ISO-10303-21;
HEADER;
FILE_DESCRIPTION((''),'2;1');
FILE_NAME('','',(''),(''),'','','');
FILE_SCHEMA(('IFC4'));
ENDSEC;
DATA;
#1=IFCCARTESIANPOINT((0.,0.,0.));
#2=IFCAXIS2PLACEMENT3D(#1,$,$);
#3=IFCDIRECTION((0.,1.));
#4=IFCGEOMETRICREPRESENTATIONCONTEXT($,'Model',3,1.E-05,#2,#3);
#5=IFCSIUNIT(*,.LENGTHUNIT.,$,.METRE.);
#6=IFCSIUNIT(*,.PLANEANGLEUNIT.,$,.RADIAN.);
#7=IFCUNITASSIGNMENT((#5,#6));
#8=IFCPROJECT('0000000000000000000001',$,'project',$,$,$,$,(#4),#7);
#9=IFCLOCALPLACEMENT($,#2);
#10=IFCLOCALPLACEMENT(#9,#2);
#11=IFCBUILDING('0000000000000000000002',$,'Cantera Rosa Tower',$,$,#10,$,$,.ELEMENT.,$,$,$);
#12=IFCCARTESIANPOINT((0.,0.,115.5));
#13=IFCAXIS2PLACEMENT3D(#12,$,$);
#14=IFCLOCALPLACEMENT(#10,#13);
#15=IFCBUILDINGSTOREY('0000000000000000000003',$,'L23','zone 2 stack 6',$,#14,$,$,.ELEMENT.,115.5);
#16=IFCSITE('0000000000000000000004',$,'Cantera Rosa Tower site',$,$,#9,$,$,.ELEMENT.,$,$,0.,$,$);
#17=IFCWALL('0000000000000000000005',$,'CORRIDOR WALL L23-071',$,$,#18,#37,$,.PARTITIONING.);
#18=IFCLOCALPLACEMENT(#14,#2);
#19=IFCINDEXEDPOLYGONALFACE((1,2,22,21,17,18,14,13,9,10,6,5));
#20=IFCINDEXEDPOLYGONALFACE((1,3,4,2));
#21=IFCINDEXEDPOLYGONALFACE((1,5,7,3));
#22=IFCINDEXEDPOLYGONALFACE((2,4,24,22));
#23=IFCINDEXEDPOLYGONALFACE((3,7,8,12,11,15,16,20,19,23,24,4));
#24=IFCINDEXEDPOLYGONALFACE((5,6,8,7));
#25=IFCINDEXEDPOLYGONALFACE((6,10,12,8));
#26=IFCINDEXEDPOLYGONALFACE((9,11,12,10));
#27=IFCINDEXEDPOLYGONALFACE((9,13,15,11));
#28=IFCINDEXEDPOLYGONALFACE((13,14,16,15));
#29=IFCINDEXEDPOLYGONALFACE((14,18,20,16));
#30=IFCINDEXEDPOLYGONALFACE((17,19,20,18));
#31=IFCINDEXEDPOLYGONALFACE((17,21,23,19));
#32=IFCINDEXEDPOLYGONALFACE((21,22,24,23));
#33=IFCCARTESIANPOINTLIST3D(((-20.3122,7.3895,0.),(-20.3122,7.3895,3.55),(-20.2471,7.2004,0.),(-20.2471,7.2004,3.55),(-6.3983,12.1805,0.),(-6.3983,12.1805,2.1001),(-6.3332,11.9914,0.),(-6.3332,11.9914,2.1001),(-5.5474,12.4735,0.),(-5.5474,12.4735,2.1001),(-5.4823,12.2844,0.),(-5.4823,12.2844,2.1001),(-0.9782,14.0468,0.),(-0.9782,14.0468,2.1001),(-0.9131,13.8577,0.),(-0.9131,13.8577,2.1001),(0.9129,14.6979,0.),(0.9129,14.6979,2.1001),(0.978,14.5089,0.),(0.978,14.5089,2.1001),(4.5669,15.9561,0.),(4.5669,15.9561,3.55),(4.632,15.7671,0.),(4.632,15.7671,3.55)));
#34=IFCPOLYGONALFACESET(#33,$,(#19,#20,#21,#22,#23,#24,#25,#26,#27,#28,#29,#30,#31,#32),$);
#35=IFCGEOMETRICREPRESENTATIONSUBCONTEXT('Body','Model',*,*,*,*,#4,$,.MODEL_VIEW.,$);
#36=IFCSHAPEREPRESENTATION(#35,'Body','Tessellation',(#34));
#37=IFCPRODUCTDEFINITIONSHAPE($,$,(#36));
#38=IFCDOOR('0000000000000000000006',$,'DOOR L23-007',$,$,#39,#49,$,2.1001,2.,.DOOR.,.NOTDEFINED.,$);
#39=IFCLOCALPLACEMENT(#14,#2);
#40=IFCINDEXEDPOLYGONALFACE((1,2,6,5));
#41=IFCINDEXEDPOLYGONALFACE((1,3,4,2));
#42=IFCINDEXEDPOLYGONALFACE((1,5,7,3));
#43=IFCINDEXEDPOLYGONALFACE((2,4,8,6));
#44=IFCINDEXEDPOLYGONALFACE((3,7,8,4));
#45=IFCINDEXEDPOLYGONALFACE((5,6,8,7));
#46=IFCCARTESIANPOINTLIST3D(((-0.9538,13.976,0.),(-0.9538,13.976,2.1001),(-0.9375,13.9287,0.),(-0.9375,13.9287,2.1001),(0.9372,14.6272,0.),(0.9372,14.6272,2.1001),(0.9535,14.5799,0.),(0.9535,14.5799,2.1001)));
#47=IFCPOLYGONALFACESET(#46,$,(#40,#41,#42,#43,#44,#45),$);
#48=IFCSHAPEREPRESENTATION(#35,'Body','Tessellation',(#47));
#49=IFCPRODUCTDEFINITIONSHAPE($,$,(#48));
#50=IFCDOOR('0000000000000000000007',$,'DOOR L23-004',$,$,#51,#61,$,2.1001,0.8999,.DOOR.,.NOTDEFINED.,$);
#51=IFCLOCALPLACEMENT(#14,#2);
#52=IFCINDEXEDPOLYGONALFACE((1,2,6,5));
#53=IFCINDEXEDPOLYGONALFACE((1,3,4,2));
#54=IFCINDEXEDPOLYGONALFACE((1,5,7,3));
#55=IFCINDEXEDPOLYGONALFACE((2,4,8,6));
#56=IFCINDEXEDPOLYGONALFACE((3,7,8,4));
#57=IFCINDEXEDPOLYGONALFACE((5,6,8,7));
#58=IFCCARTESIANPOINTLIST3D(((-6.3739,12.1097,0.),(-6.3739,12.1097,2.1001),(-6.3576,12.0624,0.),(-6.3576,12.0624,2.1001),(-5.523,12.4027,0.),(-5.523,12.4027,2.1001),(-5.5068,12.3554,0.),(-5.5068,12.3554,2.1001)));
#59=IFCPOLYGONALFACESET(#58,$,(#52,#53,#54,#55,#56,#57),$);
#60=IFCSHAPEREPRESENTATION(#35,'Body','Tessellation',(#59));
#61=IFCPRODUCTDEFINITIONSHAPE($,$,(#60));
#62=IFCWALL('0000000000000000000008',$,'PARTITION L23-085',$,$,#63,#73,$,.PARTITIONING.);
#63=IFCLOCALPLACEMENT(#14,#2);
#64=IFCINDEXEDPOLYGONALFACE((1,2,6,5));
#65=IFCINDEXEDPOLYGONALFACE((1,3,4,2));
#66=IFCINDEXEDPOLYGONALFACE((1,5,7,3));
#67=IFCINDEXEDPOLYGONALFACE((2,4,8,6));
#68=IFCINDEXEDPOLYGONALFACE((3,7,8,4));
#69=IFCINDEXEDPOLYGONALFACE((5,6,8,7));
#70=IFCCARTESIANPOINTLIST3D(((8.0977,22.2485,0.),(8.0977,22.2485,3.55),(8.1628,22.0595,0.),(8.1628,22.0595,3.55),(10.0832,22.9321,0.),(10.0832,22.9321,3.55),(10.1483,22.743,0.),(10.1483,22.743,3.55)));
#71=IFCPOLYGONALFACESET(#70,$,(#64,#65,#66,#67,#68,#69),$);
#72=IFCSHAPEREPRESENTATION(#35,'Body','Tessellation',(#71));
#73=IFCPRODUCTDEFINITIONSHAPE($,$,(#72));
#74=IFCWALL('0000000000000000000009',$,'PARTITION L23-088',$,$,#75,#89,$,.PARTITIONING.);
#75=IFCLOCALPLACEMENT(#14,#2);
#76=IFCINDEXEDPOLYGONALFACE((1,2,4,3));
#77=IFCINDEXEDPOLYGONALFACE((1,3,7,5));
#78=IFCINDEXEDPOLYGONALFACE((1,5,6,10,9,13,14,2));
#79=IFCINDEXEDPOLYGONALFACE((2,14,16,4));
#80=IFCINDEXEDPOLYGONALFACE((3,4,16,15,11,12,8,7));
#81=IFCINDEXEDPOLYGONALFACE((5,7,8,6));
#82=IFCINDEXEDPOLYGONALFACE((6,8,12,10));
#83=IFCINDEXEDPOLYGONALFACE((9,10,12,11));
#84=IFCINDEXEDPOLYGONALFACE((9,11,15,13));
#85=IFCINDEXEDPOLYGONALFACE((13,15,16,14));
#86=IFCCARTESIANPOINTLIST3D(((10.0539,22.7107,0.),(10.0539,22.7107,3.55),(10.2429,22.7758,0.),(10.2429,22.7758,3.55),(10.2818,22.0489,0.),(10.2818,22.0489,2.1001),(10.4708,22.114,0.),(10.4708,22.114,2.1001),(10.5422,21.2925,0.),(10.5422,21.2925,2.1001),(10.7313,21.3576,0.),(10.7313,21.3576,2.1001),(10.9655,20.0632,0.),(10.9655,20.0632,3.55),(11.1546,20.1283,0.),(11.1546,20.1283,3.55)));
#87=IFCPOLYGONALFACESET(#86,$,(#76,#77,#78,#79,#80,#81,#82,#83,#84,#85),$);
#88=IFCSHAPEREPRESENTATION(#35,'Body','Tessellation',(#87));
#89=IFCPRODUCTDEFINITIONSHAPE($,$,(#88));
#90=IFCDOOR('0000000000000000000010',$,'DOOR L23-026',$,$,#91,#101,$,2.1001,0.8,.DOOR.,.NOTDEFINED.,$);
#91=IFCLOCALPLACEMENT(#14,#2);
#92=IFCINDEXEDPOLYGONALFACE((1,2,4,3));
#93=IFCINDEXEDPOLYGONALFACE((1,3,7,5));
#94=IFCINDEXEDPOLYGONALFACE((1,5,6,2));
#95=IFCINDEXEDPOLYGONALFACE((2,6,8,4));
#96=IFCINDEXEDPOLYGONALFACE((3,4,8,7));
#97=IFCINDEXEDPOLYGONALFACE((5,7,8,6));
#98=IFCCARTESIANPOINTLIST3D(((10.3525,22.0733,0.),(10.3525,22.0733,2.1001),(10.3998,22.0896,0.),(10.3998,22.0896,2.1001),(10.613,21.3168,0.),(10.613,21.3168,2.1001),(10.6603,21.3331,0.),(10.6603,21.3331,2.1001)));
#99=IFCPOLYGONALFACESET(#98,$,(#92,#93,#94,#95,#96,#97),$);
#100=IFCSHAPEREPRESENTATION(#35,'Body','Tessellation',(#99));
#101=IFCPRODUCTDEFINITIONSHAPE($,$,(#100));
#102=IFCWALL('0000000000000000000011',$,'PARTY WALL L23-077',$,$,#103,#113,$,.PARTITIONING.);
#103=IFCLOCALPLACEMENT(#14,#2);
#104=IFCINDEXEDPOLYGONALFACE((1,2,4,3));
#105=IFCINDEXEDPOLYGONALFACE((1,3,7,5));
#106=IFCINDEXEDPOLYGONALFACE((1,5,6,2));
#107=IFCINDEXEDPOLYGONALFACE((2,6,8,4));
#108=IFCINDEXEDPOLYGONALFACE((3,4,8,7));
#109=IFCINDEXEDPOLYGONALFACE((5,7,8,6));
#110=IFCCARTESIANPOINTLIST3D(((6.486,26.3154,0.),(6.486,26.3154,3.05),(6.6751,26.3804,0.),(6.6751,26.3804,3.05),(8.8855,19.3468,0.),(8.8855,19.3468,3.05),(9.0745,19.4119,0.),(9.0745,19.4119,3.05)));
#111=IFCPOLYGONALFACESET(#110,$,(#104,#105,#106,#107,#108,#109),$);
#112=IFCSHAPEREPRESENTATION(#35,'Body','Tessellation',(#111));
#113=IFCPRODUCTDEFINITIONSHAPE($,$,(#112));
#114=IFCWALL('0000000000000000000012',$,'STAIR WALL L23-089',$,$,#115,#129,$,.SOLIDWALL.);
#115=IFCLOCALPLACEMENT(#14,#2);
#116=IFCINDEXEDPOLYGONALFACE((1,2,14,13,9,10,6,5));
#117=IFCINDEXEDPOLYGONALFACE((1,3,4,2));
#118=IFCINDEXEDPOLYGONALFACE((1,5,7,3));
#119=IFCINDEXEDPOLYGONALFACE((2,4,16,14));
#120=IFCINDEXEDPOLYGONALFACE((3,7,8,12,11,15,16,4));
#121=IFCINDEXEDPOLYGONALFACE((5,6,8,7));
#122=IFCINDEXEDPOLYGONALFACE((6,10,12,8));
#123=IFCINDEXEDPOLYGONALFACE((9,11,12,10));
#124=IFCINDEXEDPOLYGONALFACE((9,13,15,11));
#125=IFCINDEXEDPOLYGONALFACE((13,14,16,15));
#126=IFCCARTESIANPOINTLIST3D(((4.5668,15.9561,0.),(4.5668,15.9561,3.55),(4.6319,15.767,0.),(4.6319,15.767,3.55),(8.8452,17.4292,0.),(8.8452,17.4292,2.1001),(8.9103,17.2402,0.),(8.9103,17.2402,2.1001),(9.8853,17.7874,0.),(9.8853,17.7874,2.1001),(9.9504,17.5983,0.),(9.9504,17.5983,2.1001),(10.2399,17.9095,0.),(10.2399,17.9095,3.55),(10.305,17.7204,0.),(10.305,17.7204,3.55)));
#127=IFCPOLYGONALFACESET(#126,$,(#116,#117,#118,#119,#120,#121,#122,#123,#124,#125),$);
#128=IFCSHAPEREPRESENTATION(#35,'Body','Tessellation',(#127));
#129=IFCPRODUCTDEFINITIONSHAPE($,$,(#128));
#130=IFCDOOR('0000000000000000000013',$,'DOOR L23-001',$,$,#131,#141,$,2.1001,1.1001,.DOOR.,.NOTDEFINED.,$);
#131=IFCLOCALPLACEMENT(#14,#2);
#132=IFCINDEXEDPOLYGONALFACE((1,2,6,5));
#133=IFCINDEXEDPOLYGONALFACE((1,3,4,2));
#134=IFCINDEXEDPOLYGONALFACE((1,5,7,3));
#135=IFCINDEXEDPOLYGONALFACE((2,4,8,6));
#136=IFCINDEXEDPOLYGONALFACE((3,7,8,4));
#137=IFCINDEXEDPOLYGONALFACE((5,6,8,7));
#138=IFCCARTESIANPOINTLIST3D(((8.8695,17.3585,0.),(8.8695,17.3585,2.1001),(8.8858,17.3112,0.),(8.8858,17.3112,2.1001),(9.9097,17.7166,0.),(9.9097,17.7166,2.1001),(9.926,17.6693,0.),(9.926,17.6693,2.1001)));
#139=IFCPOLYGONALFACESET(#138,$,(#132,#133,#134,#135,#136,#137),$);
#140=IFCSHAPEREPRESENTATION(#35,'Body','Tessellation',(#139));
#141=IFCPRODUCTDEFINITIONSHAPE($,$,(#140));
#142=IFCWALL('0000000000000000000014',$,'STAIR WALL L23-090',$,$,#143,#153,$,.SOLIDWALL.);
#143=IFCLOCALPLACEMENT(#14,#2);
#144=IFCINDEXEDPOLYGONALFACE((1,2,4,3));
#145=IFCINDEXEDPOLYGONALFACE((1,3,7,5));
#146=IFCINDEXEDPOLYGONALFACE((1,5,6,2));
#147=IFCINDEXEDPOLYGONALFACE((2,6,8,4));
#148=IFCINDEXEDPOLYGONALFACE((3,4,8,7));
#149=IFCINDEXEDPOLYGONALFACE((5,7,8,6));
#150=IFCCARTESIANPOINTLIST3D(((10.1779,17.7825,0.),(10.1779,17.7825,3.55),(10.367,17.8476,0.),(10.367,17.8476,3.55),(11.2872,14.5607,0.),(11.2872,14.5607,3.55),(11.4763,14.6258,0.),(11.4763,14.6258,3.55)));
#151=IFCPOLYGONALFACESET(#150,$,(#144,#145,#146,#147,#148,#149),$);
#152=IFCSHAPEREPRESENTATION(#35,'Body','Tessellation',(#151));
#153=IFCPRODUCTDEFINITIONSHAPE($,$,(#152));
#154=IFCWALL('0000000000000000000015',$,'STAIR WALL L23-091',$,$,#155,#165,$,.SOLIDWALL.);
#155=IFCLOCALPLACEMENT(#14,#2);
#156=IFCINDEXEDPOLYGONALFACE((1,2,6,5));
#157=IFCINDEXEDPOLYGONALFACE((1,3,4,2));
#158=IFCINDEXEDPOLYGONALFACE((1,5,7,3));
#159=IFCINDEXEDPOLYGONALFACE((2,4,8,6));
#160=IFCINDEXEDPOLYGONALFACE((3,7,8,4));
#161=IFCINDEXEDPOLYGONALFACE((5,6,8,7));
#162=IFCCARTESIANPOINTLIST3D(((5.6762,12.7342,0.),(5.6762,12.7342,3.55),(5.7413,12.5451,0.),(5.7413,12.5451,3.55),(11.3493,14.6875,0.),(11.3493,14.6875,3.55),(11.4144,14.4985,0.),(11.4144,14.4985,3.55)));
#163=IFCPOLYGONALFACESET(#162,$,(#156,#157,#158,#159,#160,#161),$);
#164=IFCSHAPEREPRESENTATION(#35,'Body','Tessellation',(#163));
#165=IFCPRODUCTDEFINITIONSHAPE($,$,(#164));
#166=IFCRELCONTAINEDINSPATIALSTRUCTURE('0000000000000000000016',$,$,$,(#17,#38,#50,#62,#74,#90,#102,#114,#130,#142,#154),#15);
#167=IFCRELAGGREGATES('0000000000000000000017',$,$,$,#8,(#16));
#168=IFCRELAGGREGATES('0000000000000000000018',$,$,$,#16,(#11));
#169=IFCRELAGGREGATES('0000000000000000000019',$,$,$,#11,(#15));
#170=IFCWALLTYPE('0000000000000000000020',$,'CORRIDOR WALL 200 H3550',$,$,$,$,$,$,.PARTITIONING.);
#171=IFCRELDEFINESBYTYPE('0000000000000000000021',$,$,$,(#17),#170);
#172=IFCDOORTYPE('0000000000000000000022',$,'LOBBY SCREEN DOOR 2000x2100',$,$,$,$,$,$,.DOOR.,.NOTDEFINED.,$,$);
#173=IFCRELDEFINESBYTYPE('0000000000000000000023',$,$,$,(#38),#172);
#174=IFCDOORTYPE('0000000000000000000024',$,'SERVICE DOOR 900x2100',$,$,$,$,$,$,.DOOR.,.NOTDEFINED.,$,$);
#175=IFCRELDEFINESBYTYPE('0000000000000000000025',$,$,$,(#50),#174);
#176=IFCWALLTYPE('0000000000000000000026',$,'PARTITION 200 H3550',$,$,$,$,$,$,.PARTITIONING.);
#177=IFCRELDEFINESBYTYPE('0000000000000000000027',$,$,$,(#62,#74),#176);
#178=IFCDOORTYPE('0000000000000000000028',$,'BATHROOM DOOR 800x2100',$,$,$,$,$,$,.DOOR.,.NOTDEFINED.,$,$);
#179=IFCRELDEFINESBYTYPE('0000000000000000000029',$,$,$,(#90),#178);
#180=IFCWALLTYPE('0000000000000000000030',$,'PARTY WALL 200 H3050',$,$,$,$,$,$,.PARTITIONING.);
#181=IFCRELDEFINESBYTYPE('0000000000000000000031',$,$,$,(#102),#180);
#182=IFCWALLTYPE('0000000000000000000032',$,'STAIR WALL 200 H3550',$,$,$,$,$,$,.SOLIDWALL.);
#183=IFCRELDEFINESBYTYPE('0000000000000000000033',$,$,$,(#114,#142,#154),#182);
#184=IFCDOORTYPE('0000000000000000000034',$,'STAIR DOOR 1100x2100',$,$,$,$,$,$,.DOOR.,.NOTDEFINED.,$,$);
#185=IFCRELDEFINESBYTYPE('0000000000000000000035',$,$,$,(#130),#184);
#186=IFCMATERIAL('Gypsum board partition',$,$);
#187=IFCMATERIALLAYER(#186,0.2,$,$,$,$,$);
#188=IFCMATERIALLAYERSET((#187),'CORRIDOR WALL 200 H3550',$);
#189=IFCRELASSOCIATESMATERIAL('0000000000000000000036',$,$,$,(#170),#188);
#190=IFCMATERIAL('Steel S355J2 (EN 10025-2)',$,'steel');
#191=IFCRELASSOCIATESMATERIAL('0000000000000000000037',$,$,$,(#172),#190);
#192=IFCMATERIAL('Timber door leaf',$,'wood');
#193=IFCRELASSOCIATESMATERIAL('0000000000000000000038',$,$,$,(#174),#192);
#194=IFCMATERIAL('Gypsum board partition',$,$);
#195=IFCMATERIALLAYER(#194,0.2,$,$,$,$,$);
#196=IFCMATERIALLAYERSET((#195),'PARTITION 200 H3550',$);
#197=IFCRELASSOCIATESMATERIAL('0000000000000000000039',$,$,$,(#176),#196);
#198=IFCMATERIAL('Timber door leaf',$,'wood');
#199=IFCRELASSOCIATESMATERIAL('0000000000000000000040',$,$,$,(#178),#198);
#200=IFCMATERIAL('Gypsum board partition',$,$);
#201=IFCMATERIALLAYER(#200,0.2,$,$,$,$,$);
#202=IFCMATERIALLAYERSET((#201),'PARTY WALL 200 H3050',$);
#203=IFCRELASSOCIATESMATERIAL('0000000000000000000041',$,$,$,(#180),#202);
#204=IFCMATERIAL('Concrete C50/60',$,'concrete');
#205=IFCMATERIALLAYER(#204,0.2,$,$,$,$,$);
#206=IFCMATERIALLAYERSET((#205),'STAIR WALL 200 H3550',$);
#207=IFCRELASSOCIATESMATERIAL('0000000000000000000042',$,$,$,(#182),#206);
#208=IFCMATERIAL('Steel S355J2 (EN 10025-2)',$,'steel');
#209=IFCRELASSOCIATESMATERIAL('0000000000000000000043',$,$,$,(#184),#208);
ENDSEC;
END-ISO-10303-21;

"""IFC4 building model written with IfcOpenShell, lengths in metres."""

from ifc_helpers import new_model, si_unit, direction, frame, frame_2d, origin, place, context, subcontext, project, spatial, rectangle, extrude, material, layer, layer_set, type_object, element, fill, save


model = new_model("IFC4")

# Units and contexts
model_context = context("Model", 3, precision=1e-05, world=origin(), true_north=direction((0.0, 1.0)))
body_context = subcontext(model_context, "Body", "Model", "MODEL_VIEW")
ifc_project = project(units=[si_unit("LENGTHUNIT", "METRE"), si_unit("PLANEANGLEUNIT", "RADIAN")], contexts=[model_context])

# Site, building, storey
site_placement = place(None, origin())
site = spatial("IfcSite", under=ifc_project, at=site_placement, Name="Cantera Rosa Tower site", CompositionType="ELEMENT", RefElevation=0.0)
building_placement = place(site_placement, origin())
building = spatial("IfcBuilding", under=site, at=building_placement, Name="Cantera Rosa Tower", CompositionType="ELEMENT")
storey_placement = place(building_placement, frame((0.0, 0.0, 115.5)))
storey = spatial("IfcBuildingStorey", under=building, at=storey_placement, Name="L23", Description="zone 2 stack 6", CompositionType="ELEMENT", Elevation=115.5)

# Shared definitions
ifc_material_1 = material(Name="Gypsum board partition")
ifc_layer_1 = layer(ifc_material_1, 0.2)
ifc_layer_set_1 = layer_set([ifc_layer_1], Name="CORRIDOR WALL 200 H3550")
wall_type_1 = type_object("IfcWallType", Name="CORRIDOR WALL 200 H3550", PredefinedType="PARTITIONING", material=ifc_layer_set_1)

# Wall, openings, doors
wall_1_placement = place(storey_placement, frame((4.5994, 15.8616, 0.0), z_axis=(0.0, 0.0, 1.0), x_axis=(-0.945518, -0.325571, 0.0)))
wall_1 = element("IfcWall", 1, at=wall_1_placement, inside=storey, type_object=wall_type_1, Name="CORRIDOR WALL L23-071", PredefinedType="PARTITIONING", context=body_context, shape_type="SweptSolid", body=[
    extrude(rectangle(XDim=26.3127, YDim=0.2, at=frame_2d((13.1562, 0.0))), origin(), (0.0, 0.0, 1.0), 3.55),
])
opening_1_placement = place(wall_1_placement, frame((10.697, 0.0, 0.0)))
opening_1 = element("IfcOpeningElement", 2, at=opening_1_placement, cuts=wall_1, PredefinedType="OPENING", context=body_context, shape_type="SweptSolid", body=[
    extrude(rectangle(XDim=0.8999, YDim=2.1001, at=frame_2d((0.45, 1.05))), frame((0.0, 0.1099, 0.0), z_axis=(0.0, -1.0, 0.0), x_axis=(1.0, 0.0, 0.0)), (0.0, 0.0, 1.0), 0.22),
])
opening_2_placement = place(wall_1_placement, frame((3.8645, 0.0, 0.0)))
opening_2 = element("IfcOpeningElement", 3, at=opening_2_placement, cuts=wall_1, PredefinedType="OPENING", context=body_context, shape_type="SweptSolid", body=[
    extrude(rectangle(XDim=2.0, YDim=2.1001, at=frame_2d((1.0, 1.05))), frame((0.0, 0.1099, 0.0), z_axis=(0.0, -1.0, 0.0), x_axis=(1.0, 0.0, 0.0)), (0.0, 0.0, 1.0), 0.22),
])
ifc_material_2 = material(Name="Steel S355J2 (EN 10025-2)", Category="steel")
door_type_1 = type_object("IfcDoorType", Name="LOBBY SCREEN DOOR 2000x2100", OperationType="NOTDEFINED", PredefinedType="DOOR", material=ifc_material_2)
door_1_placement = place(opening_2_placement, origin())
door_1 = element("IfcDoor", 4, at=door_1_placement, inside=storey, type_object=door_type_1, Name="DOOR L23-007", OperationType="NOTDEFINED", OverallHeight=2.1001, OverallWidth=2.0, PredefinedType="DOOR", context=body_context, shape_type="SweptSolid", body=[
    extrude(rectangle(XDim=2.0, YDim=2.1001, at=frame_2d((1.0, 1.05))), frame((0.0, 0.0249, 0.0), z_axis=(0.0, -1.0, 0.0), x_axis=(1.0, 0.0, 0.0)), (0.0, 0.0, 1.0), 0.05),
])
fill(opening_2, door_1)
ifc_material_3 = material(Name="Timber door leaf", Category="wood")
door_type_2 = type_object("IfcDoorType", Name="SERVICE DOOR 900x2100", OperationType="NOTDEFINED", PredefinedType="DOOR", material=ifc_material_3)
door_2_placement = place(opening_1_placement, origin())
door_2 = element("IfcDoor", 5, at=door_2_placement, inside=storey, type_object=door_type_2, Name="DOOR L23-004", OperationType="NOTDEFINED", OverallHeight=2.1001, OverallWidth=0.8999, PredefinedType="DOOR", context=body_context, shape_type="SweptSolid", body=[
    extrude(rectangle(XDim=0.8999, YDim=2.1001, at=frame_2d((0.45, 1.05))), frame((0.0, 0.0249, 0.0), z_axis=(0.0, -1.0, 0.0), x_axis=(1.0, 0.0, 0.0)), (0.0, 0.0, 1.0), 0.05),
])
fill(opening_1, door_2)

# Wall
ifc_material_4 = material(Name="Gypsum board partition")
ifc_layer_2 = layer(ifc_material_4, 0.2)
ifc_layer_set_2 = layer_set([ifc_layer_2], Name="PARTITION 200 H3550")
wall_type_2 = type_object("IfcWallType", Name="PARTITION 200 H3550", PredefinedType="PARTITIONING", material=ifc_layer_set_2)
wall_2_placement = place(storey_placement, frame((8.1304, 22.1541, 0.0), z_axis=(0.0, 0.0, 1.0), x_axis=(0.945533, 0.325525, 0.0)))
element("IfcWall", 6, at=wall_2_placement, inside=storey, type_object=wall_type_2, Name="PARTITION L23-085", PredefinedType="PARTITIONING", context=body_context, shape_type="SweptSolid", body=[
    extrude(rectangle(XDim=2.0999, YDim=0.2, at=frame_2d((1.0498, 0.0))), origin(), (0.0, 0.0, 1.0), 3.55),
])

# Wall, opening, door
wall_3_placement = place(storey_placement, frame((10.1484, 22.7432, 0.0), z_axis=(0.0, 0.0, 1.0), x_axis=(0.325577, -0.945516, 0.0)))
wall_3 = element("IfcWall", 7, at=wall_3_placement, inside=storey, type_object=wall_type_2, Name="PARTITION L23-088", PredefinedType="PARTITIONING", context=body_context, shape_type="SweptSolid", body=[
    extrude(rectangle(XDim=2.8, YDim=0.2, at=frame_2d((1.3999, 0.0))), origin(), (0.0, 0.0, 1.0), 3.55),
])
opening_3_placement = place(wall_3_placement, frame((0.7, 0.0, 0.0)))
opening_3 = element("IfcOpeningElement", 8, at=opening_3_placement, cuts=wall_3, PredefinedType="OPENING", context=body_context, shape_type="SweptSolid", body=[
    extrude(rectangle(XDim=0.8, YDim=2.1001, at=frame_2d((0.3999, 1.05))), frame((0.0, 0.1099, 0.0), z_axis=(0.0, -1.0, 0.0), x_axis=(1.0, 0.0, 0.0)), (0.0, 0.0, 1.0), 0.22),
])
ifc_material_5 = material(Name="Timber door leaf", Category="wood")
door_type_3 = type_object("IfcDoorType", Name="BATHROOM DOOR 800x2100", OperationType="NOTDEFINED", PredefinedType="DOOR", material=ifc_material_5)
door_3_placement = place(opening_3_placement, origin())
door_3 = element("IfcDoor", 9, at=door_3_placement, inside=storey, type_object=door_type_3, Name="DOOR L23-026", OperationType="NOTDEFINED", OverallHeight=2.1001, OverallWidth=0.8, PredefinedType="DOOR", context=body_context, shape_type="SweptSolid", body=[
    extrude(rectangle(XDim=0.8, YDim=2.1001, at=frame_2d((0.3999, 1.05))), frame((0.0, 0.0249, 0.0), z_axis=(0.0, -1.0, 0.0), x_axis=(1.0, 0.0, 0.0)), (0.0, 0.0, 1.0), 0.05),
])
fill(opening_3, door_3)

# Wall
ifc_material_6 = material(Name="Gypsum board partition")
ifc_layer_3 = layer(ifc_material_6, 0.2)
ifc_layer_set_3 = layer_set([ifc_layer_3], Name="PARTY WALL 200 H3050")
wall_type_3 = type_object("IfcWallType", Name="PARTY WALL 200 H3050", PredefinedType="PARTITIONING", material=ifc_layer_set_3)
wall_4_placement = place(storey_placement, frame((6.5806, 26.3479, 0.0), z_axis=(0.0, 0.0, 1.0), x_axis=(0.325564, -0.94552, 0.0)))
element("IfcWall", 10, at=wall_4_placement, inside=storey, type_object=wall_type_3, Name="PARTY WALL L23-077", PredefinedType="PARTITIONING", context=body_context, shape_type="SweptSolid", body=[
    extrude(rectangle(XDim=7.3701, YDim=0.2, at=frame_2d((3.6851, 0.0))), origin(), (0.0, 0.0, 1.0), 3.05),
])

# Wall, opening, door
ifc_material_7 = material(Name="Concrete C50/60", Category="concrete")
ifc_layer_4 = layer(ifc_material_7, 0.2)
ifc_layer_set_4 = layer_set([ifc_layer_4], Name="STAIR WALL 200 H3550")
wall_type_4 = type_object("IfcWallType", Name="STAIR WALL 200 H3550", PredefinedType="SOLIDWALL", material=ifc_layer_set_4)
wall_5_placement = place(storey_placement, frame((10.2725, 17.8149, 0.0), z_axis=(0.0, 0.0, 1.0), x_axis=(-0.94552, -0.325563, 0.0)))
wall_5 = element("IfcWall", 11, at=wall_5_placement, inside=storey, type_object=wall_type_4, Name="STAIR WALL L23-089", PredefinedType="SOLIDWALL", context=body_context, shape_type="SweptSolid", body=[
    extrude(rectangle(XDim=6.0, YDim=0.2, at=frame_2d((3.0, 0.0))), origin(), (0.0, 0.0, 1.0), 3.55),
])
opening_4_placement = place(wall_5_placement, frame((0.375, 0.0, 0.0)))
opening_4 = element("IfcOpeningElement", 12, at=opening_4_placement, cuts=wall_5, PredefinedType="OPENING", context=body_context, shape_type="SweptSolid", body=[
    extrude(rectangle(XDim=1.1001, YDim=2.1001, at=frame_2d((0.55, 1.05))), frame((0.0, 0.1099, 0.0), z_axis=(0.0, -1.0, 0.0), x_axis=(1.0, 0.0, 0.0)), (0.0, 0.0, 1.0), 0.22),
])
ifc_material_8 = material(Name="Steel S355J2 (EN 10025-2)", Category="steel")
door_type_4 = type_object("IfcDoorType", Name="STAIR DOOR 1100x2100", OperationType="NOTDEFINED", PredefinedType="DOOR", material=ifc_material_8)
door_4_placement = place(opening_4_placement, origin())
door_4 = element("IfcDoor", 13, at=door_4_placement, inside=storey, type_object=door_type_4, Name="DOOR L23-001", OperationType="NOTDEFINED", OverallHeight=2.1001, OverallWidth=1.1001, PredefinedType="DOOR", context=body_context, shape_type="SweptSolid", body=[
    extrude(rectangle(XDim=1.1001, YDim=2.1001, at=frame_2d((0.55, 1.05))), frame((0.0, 0.0249, 0.0), z_axis=(0.0, -1.0, 0.0), x_axis=(1.0, 0.0, 0.0)), (0.0, 0.0, 1.0), 0.05),
])
fill(opening_4, door_4)

# Walls
wall_6_placement = place(storey_placement, frame((10.2725, 17.8149, 0.0), z_axis=(0.0, 0.0, 1.0), x_axis=(0.325562, -0.945521, 0.0)))
element("IfcWall", 14, at=wall_6_placement, inside=storey, type_object=wall_type_4, Name="STAIR WALL L23-090", PredefinedType="SOLIDWALL", context=body_context, shape_type="SweptSolid", body=[
    extrude(rectangle(XDim=3.4075, YDim=0.2, at=frame_2d((1.7036, 0.0))), origin(), (0.0, 0.0, 1.0), 3.55),
])
wall_7_placement = place(storey_placement, frame((11.3818, 14.593, 0.0), z_axis=(0.0, 0.0, 1.0), x_axis=(-0.94552, -0.325563, 0.0)))
element("IfcWall", 15, at=wall_7_placement, inside=storey, type_object=wall_type_4, Name="STAIR WALL L23-091", PredefinedType="SOLIDWALL", context=body_context, shape_type="SweptSolid", body=[
    extrude(rectangle(XDim=6.0, YDim=0.2, at=frame_2d((3.0, 0.0))), origin(), (0.0, 0.0, 1.0), 3.55),
])

save(model, "model.ifc")
